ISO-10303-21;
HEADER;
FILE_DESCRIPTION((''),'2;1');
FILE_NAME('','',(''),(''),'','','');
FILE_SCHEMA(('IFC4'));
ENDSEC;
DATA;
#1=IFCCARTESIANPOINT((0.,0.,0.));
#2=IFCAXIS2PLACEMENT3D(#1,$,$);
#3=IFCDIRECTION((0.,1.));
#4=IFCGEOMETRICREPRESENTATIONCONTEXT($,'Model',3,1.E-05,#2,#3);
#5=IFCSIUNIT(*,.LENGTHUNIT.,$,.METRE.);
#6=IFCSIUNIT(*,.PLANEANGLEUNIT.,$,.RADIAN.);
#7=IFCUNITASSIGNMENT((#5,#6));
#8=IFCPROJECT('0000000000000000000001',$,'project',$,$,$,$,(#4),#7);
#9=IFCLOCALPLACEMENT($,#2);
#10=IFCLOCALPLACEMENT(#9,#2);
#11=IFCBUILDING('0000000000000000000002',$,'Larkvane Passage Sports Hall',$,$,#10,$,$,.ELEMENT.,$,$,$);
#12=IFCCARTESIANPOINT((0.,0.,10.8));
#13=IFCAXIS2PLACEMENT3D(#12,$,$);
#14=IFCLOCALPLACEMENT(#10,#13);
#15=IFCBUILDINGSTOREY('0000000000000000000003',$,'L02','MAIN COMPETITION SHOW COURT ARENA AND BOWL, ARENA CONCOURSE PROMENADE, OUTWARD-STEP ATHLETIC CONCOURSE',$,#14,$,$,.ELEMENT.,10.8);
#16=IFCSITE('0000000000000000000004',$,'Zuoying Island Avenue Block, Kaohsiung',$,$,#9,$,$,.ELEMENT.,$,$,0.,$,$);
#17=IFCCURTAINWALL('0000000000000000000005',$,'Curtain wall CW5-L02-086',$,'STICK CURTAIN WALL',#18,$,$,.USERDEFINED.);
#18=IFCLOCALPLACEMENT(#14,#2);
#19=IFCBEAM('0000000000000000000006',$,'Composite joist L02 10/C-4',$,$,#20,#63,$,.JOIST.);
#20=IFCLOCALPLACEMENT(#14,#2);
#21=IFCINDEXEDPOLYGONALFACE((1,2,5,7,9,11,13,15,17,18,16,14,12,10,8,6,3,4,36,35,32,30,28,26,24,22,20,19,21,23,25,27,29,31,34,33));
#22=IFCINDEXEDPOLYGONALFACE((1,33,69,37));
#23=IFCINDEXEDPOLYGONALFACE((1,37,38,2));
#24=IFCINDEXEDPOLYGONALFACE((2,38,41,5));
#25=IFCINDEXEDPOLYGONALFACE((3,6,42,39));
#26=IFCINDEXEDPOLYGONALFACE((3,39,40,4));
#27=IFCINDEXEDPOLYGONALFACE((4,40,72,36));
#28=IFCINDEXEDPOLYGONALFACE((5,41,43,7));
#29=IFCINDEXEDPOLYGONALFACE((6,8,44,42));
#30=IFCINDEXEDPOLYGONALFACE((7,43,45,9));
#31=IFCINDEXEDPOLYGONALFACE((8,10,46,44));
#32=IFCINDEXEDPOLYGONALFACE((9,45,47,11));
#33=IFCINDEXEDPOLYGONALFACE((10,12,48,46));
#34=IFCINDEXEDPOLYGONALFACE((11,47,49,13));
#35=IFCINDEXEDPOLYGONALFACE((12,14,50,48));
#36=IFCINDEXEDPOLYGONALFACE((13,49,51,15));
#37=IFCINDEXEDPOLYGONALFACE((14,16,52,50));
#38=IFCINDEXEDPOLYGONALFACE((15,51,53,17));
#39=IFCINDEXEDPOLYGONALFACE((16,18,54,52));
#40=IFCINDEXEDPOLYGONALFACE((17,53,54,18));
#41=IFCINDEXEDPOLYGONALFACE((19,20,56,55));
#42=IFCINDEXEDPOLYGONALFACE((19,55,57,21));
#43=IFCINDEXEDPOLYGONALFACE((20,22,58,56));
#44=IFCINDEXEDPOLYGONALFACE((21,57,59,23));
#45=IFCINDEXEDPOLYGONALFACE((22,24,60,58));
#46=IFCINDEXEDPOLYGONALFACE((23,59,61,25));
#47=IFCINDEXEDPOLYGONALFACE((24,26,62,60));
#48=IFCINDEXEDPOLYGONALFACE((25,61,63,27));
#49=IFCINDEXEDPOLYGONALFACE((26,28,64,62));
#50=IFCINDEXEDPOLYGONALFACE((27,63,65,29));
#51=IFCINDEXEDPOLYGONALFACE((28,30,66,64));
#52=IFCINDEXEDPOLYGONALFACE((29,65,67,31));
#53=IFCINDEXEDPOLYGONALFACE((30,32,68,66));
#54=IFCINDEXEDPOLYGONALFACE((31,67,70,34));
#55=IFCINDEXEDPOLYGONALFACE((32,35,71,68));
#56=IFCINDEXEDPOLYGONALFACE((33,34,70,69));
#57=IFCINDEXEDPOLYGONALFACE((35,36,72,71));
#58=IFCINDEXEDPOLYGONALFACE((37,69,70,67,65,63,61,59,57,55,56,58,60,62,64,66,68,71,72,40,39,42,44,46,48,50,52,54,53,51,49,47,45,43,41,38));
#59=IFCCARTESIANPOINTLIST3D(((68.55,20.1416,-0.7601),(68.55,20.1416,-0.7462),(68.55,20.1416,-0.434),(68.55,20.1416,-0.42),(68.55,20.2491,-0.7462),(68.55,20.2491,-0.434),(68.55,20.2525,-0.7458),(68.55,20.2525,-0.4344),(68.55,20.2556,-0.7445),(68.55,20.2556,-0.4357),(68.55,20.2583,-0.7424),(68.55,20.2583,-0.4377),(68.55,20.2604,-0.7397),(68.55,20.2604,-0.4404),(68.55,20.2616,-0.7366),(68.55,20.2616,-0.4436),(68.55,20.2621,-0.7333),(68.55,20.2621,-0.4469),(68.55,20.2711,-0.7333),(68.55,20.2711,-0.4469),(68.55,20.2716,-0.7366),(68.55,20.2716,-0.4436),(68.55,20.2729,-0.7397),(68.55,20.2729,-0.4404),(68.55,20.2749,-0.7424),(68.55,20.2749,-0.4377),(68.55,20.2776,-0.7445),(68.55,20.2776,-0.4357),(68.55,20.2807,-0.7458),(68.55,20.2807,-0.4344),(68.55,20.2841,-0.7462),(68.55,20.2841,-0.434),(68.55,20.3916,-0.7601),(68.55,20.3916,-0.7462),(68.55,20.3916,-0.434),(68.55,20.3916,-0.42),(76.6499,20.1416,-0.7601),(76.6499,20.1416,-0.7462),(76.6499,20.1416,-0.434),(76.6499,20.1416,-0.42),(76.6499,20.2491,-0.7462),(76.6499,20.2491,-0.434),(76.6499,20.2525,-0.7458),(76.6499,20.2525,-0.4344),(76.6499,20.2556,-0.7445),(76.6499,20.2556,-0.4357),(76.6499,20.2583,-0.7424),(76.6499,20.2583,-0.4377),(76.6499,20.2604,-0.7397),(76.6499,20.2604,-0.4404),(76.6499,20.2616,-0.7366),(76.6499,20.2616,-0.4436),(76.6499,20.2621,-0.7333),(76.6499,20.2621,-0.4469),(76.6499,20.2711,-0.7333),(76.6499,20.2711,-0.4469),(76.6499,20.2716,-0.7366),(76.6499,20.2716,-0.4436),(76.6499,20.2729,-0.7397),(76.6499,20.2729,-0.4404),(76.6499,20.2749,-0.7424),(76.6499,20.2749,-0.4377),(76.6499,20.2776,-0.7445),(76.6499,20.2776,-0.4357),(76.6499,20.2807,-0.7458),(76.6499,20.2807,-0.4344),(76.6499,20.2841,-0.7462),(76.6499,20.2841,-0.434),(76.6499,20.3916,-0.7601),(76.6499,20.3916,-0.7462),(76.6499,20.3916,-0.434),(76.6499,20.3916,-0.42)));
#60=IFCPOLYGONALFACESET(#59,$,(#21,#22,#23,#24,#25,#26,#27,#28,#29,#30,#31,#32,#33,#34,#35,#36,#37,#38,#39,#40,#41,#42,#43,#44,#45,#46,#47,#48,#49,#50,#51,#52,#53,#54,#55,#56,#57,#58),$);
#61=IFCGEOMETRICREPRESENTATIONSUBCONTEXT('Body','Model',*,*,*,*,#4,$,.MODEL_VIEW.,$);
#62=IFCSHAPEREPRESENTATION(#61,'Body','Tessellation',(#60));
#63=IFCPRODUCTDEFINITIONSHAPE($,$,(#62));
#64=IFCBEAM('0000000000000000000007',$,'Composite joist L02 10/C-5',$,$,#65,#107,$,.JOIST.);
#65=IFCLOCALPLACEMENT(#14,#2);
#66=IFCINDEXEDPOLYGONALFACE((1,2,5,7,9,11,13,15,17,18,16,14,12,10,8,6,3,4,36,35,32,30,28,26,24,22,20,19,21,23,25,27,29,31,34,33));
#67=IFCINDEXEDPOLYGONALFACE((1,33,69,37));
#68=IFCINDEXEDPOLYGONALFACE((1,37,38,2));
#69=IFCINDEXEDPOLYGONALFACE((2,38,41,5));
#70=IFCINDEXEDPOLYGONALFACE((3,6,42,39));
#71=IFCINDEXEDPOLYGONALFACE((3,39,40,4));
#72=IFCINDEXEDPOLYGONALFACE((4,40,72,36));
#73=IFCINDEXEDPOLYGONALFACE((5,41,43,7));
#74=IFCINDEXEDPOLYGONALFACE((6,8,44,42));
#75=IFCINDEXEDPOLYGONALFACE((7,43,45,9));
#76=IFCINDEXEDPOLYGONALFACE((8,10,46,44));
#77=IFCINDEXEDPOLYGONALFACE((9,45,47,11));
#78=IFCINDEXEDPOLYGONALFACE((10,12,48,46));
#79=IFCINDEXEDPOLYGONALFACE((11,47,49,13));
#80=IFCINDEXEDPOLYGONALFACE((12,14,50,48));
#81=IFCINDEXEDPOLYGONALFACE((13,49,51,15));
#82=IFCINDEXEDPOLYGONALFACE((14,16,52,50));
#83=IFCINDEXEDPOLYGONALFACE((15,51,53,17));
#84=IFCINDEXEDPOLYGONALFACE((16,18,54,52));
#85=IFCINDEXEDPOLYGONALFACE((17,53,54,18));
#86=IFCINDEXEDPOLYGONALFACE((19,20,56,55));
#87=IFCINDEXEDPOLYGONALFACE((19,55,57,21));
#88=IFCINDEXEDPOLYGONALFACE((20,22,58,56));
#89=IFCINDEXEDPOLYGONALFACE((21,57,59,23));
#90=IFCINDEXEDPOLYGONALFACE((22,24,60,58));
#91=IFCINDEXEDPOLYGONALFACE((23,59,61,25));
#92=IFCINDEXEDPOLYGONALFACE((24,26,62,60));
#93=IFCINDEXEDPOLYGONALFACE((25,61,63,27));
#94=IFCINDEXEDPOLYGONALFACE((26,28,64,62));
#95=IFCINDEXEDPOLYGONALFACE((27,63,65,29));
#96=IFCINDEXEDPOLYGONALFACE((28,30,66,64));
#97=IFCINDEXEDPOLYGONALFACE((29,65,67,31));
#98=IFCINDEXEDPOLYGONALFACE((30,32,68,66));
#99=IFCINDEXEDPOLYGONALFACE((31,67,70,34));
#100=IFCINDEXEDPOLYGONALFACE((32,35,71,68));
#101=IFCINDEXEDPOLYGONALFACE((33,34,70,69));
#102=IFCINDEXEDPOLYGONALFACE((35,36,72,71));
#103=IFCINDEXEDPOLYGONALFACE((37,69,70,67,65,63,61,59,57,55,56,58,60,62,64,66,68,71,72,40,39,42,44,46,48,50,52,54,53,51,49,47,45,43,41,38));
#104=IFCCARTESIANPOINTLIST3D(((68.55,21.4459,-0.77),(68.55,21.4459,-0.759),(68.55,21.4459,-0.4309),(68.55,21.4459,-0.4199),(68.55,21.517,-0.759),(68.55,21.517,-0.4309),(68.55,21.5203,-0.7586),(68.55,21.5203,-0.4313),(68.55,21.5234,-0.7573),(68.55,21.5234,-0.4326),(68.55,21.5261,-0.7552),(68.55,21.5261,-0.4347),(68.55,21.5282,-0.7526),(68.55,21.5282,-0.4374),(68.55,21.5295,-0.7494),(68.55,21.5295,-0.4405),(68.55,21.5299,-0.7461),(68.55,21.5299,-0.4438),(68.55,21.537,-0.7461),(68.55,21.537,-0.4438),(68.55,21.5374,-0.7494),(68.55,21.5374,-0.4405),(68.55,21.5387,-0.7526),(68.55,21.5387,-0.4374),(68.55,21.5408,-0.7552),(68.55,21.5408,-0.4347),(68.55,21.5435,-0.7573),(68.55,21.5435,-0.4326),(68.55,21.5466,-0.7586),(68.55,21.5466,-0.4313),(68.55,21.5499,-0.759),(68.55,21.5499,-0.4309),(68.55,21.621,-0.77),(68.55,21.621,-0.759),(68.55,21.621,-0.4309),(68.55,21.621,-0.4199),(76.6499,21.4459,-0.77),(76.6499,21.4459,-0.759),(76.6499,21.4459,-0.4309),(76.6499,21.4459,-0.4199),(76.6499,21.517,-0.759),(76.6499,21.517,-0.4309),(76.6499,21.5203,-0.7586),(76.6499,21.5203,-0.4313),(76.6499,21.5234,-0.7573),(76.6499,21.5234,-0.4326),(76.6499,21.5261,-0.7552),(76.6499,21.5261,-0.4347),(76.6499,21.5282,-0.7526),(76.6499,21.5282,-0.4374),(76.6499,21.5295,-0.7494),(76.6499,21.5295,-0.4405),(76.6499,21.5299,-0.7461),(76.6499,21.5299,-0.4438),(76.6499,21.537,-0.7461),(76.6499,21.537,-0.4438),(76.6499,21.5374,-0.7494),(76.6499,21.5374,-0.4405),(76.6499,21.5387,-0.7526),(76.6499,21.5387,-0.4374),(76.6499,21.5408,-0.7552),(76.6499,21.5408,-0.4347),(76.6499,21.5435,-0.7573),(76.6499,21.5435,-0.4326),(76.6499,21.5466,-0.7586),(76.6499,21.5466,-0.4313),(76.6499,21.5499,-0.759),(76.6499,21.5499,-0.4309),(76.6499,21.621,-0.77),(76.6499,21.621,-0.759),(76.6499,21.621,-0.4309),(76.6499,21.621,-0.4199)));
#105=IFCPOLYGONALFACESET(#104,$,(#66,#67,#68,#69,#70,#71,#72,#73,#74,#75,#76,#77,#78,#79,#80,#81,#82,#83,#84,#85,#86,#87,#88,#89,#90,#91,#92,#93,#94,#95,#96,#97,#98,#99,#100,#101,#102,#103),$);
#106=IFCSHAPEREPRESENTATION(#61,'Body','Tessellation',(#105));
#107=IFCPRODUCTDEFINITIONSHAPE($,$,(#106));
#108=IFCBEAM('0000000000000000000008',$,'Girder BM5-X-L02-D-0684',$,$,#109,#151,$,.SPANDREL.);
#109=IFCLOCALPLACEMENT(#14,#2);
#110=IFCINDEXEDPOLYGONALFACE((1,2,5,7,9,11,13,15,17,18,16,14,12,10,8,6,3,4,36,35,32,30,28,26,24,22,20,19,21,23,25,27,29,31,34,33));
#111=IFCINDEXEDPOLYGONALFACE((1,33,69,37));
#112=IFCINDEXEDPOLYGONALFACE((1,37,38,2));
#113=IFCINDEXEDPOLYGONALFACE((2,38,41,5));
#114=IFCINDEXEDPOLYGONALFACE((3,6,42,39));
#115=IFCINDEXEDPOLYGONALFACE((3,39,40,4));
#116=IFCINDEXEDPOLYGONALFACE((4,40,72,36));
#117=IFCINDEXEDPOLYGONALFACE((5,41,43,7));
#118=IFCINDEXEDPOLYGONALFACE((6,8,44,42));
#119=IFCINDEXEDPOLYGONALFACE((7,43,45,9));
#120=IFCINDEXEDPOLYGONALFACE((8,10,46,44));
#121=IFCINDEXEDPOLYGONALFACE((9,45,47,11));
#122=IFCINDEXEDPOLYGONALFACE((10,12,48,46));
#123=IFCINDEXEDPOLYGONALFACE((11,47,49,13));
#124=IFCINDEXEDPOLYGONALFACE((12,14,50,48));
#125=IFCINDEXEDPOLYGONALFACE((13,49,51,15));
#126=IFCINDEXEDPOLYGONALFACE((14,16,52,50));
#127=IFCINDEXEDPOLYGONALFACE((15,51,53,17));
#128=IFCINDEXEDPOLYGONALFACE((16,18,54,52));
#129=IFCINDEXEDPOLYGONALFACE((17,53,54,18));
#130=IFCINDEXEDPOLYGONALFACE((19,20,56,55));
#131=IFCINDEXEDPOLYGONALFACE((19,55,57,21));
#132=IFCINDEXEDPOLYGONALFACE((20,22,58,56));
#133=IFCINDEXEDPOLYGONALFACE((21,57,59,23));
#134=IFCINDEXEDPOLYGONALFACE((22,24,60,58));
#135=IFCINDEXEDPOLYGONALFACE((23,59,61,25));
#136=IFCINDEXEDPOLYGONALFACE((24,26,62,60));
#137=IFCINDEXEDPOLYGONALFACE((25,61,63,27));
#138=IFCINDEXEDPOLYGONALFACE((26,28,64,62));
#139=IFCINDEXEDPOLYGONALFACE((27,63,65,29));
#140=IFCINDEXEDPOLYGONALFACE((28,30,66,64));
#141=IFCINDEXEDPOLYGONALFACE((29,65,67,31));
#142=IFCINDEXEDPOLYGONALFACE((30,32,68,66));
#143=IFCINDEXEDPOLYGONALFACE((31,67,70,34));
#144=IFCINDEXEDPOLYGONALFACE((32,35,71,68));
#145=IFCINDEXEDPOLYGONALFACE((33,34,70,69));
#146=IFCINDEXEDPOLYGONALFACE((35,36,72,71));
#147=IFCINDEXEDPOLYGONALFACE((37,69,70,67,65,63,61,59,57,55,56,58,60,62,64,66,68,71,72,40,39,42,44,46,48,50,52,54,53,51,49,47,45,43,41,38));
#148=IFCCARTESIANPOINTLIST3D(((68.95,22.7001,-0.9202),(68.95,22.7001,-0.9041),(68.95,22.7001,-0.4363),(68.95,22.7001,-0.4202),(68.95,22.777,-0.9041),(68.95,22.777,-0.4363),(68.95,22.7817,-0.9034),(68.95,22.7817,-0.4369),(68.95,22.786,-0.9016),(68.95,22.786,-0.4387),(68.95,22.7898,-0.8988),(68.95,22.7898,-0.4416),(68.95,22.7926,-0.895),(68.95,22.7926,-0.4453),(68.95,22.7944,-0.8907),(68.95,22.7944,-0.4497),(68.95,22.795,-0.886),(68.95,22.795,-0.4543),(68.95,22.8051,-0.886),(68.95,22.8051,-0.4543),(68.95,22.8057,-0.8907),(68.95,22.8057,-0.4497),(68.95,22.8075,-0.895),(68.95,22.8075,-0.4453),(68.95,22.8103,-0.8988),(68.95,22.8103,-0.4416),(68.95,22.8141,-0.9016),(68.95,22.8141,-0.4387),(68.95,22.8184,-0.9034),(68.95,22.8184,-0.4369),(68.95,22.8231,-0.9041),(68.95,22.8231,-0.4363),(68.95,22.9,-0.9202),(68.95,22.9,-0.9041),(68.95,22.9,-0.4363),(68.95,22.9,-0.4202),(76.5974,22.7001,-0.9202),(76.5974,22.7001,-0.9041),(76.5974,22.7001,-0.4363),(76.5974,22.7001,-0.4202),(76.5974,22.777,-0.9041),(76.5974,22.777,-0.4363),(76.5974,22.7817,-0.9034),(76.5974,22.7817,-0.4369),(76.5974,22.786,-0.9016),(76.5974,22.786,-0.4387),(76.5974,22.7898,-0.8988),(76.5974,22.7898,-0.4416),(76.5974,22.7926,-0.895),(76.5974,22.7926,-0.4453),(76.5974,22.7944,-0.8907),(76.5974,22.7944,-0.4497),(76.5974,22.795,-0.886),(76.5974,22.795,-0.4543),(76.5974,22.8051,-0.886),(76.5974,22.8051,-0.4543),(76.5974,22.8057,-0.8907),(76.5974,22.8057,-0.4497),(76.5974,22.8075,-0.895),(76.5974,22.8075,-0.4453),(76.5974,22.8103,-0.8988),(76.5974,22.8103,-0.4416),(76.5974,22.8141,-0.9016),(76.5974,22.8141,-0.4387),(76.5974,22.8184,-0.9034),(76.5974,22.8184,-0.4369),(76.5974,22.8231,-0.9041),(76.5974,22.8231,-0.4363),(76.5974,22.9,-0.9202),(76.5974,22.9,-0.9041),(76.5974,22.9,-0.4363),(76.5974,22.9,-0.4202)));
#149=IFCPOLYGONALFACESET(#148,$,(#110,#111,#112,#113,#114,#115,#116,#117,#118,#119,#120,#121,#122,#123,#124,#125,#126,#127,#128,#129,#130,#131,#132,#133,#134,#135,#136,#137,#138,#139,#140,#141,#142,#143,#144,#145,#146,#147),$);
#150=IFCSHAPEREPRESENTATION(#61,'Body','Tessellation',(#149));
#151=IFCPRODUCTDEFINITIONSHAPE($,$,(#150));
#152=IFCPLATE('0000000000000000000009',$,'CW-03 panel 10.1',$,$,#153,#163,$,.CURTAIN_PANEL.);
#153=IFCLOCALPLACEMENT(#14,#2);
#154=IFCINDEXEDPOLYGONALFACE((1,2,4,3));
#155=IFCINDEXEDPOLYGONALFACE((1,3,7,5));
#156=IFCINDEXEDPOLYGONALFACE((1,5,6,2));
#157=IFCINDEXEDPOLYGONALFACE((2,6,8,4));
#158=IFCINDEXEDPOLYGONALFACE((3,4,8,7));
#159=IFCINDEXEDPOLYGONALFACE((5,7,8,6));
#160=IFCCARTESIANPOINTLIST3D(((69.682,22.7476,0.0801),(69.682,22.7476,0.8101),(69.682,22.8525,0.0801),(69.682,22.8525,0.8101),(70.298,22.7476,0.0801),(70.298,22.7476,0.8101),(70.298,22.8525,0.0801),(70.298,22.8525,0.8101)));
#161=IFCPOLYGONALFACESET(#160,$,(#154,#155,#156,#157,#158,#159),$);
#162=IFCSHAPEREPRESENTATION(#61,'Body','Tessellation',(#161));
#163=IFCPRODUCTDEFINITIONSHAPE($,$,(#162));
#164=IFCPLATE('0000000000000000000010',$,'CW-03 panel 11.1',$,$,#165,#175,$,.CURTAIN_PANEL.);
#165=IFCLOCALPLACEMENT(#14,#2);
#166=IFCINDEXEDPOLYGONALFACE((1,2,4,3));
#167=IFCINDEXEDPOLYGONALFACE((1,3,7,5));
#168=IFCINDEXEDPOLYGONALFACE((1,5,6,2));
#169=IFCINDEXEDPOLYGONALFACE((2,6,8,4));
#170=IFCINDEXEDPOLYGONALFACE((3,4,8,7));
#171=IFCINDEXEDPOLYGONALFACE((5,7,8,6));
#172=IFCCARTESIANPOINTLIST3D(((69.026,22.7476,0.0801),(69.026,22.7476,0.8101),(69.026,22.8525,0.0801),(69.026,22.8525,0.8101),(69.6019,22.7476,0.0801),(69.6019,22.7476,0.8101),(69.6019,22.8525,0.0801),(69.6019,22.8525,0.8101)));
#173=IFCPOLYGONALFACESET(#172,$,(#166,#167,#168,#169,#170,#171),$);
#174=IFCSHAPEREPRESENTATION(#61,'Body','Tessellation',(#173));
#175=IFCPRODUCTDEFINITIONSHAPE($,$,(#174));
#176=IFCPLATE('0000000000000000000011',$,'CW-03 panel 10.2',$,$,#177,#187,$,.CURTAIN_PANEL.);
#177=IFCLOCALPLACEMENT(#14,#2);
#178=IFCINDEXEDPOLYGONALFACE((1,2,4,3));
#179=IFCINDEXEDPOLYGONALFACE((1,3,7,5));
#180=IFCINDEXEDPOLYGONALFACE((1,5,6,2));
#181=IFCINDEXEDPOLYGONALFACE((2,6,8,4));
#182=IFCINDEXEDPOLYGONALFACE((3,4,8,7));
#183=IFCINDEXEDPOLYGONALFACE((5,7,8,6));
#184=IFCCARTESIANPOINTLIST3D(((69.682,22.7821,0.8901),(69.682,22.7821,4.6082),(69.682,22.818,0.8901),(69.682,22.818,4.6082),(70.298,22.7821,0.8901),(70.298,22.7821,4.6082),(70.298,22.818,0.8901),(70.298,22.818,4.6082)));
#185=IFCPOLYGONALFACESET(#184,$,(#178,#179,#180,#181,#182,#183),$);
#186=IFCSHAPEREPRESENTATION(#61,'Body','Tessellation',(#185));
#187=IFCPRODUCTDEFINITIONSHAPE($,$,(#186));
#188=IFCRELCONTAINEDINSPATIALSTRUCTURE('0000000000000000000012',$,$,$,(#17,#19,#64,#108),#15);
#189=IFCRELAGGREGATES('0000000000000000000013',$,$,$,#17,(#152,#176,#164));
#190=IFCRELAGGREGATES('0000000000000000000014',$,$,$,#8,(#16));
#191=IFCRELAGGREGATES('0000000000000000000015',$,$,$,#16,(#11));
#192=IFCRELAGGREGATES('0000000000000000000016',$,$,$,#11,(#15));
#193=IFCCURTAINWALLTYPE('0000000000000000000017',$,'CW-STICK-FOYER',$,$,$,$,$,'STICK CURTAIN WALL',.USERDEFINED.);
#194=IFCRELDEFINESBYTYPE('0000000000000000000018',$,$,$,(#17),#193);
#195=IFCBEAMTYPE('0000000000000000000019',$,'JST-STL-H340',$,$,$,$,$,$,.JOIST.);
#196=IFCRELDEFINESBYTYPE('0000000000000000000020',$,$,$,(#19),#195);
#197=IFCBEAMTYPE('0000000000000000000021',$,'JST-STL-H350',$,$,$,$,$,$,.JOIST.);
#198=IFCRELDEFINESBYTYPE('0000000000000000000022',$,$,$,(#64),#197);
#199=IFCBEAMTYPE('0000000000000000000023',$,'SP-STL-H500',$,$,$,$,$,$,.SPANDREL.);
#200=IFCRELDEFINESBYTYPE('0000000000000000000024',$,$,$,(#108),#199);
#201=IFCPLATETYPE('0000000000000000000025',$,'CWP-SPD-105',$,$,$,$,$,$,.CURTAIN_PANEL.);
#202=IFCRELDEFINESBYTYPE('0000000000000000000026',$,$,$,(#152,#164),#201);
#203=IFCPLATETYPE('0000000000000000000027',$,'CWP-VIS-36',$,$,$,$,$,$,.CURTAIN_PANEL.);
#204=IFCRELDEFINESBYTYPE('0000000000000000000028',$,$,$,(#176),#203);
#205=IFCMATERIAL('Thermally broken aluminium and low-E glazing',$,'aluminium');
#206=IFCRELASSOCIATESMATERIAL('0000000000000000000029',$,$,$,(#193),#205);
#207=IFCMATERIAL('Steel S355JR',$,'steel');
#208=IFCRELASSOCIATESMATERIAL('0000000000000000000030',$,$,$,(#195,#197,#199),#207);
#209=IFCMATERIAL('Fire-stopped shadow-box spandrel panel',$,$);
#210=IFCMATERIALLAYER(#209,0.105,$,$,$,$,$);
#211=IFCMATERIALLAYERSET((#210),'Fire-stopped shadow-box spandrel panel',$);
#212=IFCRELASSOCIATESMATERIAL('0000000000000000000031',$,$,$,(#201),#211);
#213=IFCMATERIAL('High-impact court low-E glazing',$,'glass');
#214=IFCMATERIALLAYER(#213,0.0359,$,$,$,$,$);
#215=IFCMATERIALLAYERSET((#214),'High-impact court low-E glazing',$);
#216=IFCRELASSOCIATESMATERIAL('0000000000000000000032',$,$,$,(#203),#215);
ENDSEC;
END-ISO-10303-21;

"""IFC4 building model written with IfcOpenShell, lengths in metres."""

from ifc_helpers import new_model, si_unit, direction, frame, origin, origin_2d, place, context, subcontext, project, spatial, rectangle, i_section, extrude, material, layer, layer_set, material_profile, profile_set, type_object, element, aggregate, save


model = new_model("IFC4")

# Units and contexts
model_context = context("Model", 3, precision=1e-05, world=origin(), true_north=direction((0.0, 1.0)))
body_context = subcontext(model_context, "Body", "Model", "MODEL_VIEW")
ifc_project = project(units=[si_unit("LENGTHUNIT", "METRE"), si_unit("PLANEANGLEUNIT", "RADIAN")], contexts=[model_context])

# Site, building, storey
site_placement = place(None, origin())
site = spatial("IfcSite", under=ifc_project, at=site_placement, Name="Zuoying Island Avenue Block, Kaohsiung", CompositionType="ELEMENT", RefElevation=0.0)
building_placement = place(site_placement, origin())
building = spatial("IfcBuilding", under=site, at=building_placement, Name="Larkvane Passage Sports Hall", CompositionType="ELEMENT")
storey_placement = place(building_placement, frame((0.0, 0.0, 10.8)))
storey = spatial("IfcBuildingStorey", under=building, at=storey_placement, Name="L02", Description="MAIN COMPETITION SHOW COURT ARENA AND BOWL, ARENA CONCOURSE PROMENADE, OUTWARD-STEP ATHLETIC CONCOURSE", CompositionType="ELEMENT", Elevation=10.8)

# Shared definitions
ifc_material_1 = material(Name="Steel S355JR", Category="steel")

# Shared definitions
ifc_material_2 = material(Name="Thermally broken aluminium and low-E glazing", Category="aluminium")

# Curtain wall
curtain_wall_type_1 = type_object("IfcCurtainWallType", Name="CW-STICK-FOYER", ElementType="STICK CURTAIN WALL", PredefinedType="USERDEFINED", material=ifc_material_2)
curtain_wall_1_placement = place(storey_placement, origin())
curtain_wall_1 = element("IfcCurtainWall", 1, at=curtain_wall_1_placement, inside=storey, type_object=curtain_wall_type_1, Name="Curtain wall CW5-L02-086", ObjectType="STICK CURTAIN WALL", PredefinedType="USERDEFINED")

# Beams
ifc_material_profile_1 = material_profile(ifc_material_1, i_section(OverallWidth=0.25, OverallDepth=0.3401, WebThickness=0.009, FlangeThickness=0.0139, FilletRadius=0.0129, at=origin_2d()), Name="H-340x250x9x14")
ifc_profile_set_1 = profile_set([ifc_material_profile_1], Name="Steel S355JR")
beam_type_1 = type_object("IfcBeamType", Name="JST-STL-H340", PredefinedType="JOIST", material=ifc_profile_set_1)
beam_1_placement = place(storey_placement, frame((68.55, 20.2666, -0.5901), z_axis=(1.0, 0.0, 0.0), x_axis=(0.0, 1.0, 0.0)))
element("IfcBeam", 2, at=beam_1_placement, inside=storey, type_object=beam_type_1, Name="Composite joist L02 10/C-4", PredefinedType="JOIST", context=body_context, shape_type="SweptSolid", body=[
    extrude(i_section(OverallWidth=0.25, OverallDepth=0.3401, WebThickness=0.009, FlangeThickness=0.0139, FilletRadius=0.0129, at=origin_2d()), origin(), (0.0, 0.0, 1.0), 8.0999),
])
ifc_material_profile_2 = material_profile(ifc_material_1, i_section(OverallWidth=0.175, OverallDepth=0.3501, WebThickness=0.0071, FlangeThickness=0.011, FilletRadius=0.0129, at=origin_2d()), Name="H-350x175x7x11")
ifc_profile_set_2 = profile_set([ifc_material_profile_2], Name="Steel S355JR")
beam_type_2 = type_object("IfcBeamType", Name="JST-STL-H350", PredefinedType="JOIST", material=ifc_profile_set_2)
beam_2_placement = place(storey_placement, frame((68.55, 21.5334, -0.595), z_axis=(1.0, 0.0, 0.0), x_axis=(0.0, 1.0, 0.0)))
element("IfcBeam", 3, at=beam_2_placement, inside=storey, type_object=beam_type_2, Name="Composite joist L02 10/C-5", PredefinedType="JOIST", context=body_context, shape_type="SweptSolid", body=[
    extrude(i_section(OverallWidth=0.175, OverallDepth=0.3501, WebThickness=0.0071, FlangeThickness=0.011, FilletRadius=0.0129, at=origin_2d()), origin(), (0.0, 0.0, 1.0), 8.0999),
])
ifc_material_profile_3 = material_profile(ifc_material_1, i_section(OverallWidth=0.2, OverallDepth=0.5, WebThickness=0.01, FlangeThickness=0.0161, FilletRadius=0.0181, at=origin_2d()), Name="H-500x200x10x16")
ifc_profile_set_3 = profile_set([ifc_material_profile_3], Name="Steel S355JR")
beam_type_3 = type_object("IfcBeamType", Name="SP-STL-H500", PredefinedType="SPANDREL", material=ifc_profile_set_3)
beam_3_placement = place(storey_placement, frame((68.95, 22.8, -0.6702), z_axis=(1.0, 0.0, 0.0), x_axis=(0.0, 1.0, 0.0)))
element("IfcBeam", 4, at=beam_3_placement, inside=storey, type_object=beam_type_3, Name="Girder BM5-X-L02-D-0684", PredefinedType="SPANDREL", context=body_context, shape_type="SweptSolid", body=[
    extrude(i_section(OverallWidth=0.2, OverallDepth=0.5, WebThickness=0.01, FlangeThickness=0.0161, FilletRadius=0.0181, at=origin_2d()), origin(), (0.0, 0.0, 1.0), 7.6475),
])

# Plates
ifc_material_3 = material(Name="Fire-stopped shadow-box spandrel panel")
ifc_layer_1 = layer(ifc_material_3, 0.105)
ifc_layer_set_1 = layer_set([ifc_layer_1], Name="Fire-stopped shadow-box spandrel panel")
plate_type_1 = type_object("IfcPlateType", Name="CWP-SPD-105", PredefinedType="CURTAIN_PANEL", material=ifc_layer_set_1)
plate_1_placement = place(storey_placement, frame((69.99, 22.8, 0.0801), z_axis=(0.0, 0.0, 1.0), x_axis=(-1.0, 0.0, 0.0)))
plate_1 = element("IfcPlate", 5, at=plate_1_placement, type_object=plate_type_1, Name="CW-03 panel 10.1", PredefinedType="CURTAIN_PANEL", context=body_context, shape_type="SweptSolid", body=[
    extrude(rectangle(XDim=0.616, YDim=0.105, at=origin_2d()), origin(), (0.0, 0.0, 1.0), 0.73),
])
plate_2_placement = place(storey_placement, frame((69.314, 22.8, 0.0801), z_axis=(0.0, 0.0, 1.0), x_axis=(-1.0, 0.0, 0.0)))
plate_2 = element("IfcPlate", 6, at=plate_2_placement, type_object=plate_type_1, Name="CW-03 panel 11.1", PredefinedType="CURTAIN_PANEL", context=body_context, shape_type="SweptSolid", body=[
    extrude(rectangle(XDim=0.5759, YDim=0.105, at=origin_2d()), origin(), (0.0, 0.0, 1.0), 0.73),
])
ifc_material_4 = material(Name="High-impact court low-E glazing", Category="glass")
ifc_layer_2 = layer(ifc_material_4, 0.0359)
ifc_layer_set_2 = layer_set([ifc_layer_2], Name="High-impact court low-E glazing")
plate_type_2 = type_object("IfcPlateType", Name="CWP-VIS-36", PredefinedType="CURTAIN_PANEL", material=ifc_layer_set_2)
plate_3_placement = place(storey_placement, frame((69.99, 22.8, 0.8901), z_axis=(0.0, 0.0, 1.0), x_axis=(-1.0, 0.0, 0.0)))
plate_3 = element("IfcPlate", 7, at=plate_3_placement, type_object=plate_type_2, Name="CW-03 panel 10.2", PredefinedType="CURTAIN_PANEL", context=body_context, shape_type="SweptSolid", body=[
    extrude(rectangle(XDim=0.616, YDim=0.0359, at=origin_2d()), origin(), (0.0, 0.0, 1.0), 3.718),
])
aggregate(curtain_wall_1, [plate_1, plate_3, plate_2])

save(model, "model.ifc")
